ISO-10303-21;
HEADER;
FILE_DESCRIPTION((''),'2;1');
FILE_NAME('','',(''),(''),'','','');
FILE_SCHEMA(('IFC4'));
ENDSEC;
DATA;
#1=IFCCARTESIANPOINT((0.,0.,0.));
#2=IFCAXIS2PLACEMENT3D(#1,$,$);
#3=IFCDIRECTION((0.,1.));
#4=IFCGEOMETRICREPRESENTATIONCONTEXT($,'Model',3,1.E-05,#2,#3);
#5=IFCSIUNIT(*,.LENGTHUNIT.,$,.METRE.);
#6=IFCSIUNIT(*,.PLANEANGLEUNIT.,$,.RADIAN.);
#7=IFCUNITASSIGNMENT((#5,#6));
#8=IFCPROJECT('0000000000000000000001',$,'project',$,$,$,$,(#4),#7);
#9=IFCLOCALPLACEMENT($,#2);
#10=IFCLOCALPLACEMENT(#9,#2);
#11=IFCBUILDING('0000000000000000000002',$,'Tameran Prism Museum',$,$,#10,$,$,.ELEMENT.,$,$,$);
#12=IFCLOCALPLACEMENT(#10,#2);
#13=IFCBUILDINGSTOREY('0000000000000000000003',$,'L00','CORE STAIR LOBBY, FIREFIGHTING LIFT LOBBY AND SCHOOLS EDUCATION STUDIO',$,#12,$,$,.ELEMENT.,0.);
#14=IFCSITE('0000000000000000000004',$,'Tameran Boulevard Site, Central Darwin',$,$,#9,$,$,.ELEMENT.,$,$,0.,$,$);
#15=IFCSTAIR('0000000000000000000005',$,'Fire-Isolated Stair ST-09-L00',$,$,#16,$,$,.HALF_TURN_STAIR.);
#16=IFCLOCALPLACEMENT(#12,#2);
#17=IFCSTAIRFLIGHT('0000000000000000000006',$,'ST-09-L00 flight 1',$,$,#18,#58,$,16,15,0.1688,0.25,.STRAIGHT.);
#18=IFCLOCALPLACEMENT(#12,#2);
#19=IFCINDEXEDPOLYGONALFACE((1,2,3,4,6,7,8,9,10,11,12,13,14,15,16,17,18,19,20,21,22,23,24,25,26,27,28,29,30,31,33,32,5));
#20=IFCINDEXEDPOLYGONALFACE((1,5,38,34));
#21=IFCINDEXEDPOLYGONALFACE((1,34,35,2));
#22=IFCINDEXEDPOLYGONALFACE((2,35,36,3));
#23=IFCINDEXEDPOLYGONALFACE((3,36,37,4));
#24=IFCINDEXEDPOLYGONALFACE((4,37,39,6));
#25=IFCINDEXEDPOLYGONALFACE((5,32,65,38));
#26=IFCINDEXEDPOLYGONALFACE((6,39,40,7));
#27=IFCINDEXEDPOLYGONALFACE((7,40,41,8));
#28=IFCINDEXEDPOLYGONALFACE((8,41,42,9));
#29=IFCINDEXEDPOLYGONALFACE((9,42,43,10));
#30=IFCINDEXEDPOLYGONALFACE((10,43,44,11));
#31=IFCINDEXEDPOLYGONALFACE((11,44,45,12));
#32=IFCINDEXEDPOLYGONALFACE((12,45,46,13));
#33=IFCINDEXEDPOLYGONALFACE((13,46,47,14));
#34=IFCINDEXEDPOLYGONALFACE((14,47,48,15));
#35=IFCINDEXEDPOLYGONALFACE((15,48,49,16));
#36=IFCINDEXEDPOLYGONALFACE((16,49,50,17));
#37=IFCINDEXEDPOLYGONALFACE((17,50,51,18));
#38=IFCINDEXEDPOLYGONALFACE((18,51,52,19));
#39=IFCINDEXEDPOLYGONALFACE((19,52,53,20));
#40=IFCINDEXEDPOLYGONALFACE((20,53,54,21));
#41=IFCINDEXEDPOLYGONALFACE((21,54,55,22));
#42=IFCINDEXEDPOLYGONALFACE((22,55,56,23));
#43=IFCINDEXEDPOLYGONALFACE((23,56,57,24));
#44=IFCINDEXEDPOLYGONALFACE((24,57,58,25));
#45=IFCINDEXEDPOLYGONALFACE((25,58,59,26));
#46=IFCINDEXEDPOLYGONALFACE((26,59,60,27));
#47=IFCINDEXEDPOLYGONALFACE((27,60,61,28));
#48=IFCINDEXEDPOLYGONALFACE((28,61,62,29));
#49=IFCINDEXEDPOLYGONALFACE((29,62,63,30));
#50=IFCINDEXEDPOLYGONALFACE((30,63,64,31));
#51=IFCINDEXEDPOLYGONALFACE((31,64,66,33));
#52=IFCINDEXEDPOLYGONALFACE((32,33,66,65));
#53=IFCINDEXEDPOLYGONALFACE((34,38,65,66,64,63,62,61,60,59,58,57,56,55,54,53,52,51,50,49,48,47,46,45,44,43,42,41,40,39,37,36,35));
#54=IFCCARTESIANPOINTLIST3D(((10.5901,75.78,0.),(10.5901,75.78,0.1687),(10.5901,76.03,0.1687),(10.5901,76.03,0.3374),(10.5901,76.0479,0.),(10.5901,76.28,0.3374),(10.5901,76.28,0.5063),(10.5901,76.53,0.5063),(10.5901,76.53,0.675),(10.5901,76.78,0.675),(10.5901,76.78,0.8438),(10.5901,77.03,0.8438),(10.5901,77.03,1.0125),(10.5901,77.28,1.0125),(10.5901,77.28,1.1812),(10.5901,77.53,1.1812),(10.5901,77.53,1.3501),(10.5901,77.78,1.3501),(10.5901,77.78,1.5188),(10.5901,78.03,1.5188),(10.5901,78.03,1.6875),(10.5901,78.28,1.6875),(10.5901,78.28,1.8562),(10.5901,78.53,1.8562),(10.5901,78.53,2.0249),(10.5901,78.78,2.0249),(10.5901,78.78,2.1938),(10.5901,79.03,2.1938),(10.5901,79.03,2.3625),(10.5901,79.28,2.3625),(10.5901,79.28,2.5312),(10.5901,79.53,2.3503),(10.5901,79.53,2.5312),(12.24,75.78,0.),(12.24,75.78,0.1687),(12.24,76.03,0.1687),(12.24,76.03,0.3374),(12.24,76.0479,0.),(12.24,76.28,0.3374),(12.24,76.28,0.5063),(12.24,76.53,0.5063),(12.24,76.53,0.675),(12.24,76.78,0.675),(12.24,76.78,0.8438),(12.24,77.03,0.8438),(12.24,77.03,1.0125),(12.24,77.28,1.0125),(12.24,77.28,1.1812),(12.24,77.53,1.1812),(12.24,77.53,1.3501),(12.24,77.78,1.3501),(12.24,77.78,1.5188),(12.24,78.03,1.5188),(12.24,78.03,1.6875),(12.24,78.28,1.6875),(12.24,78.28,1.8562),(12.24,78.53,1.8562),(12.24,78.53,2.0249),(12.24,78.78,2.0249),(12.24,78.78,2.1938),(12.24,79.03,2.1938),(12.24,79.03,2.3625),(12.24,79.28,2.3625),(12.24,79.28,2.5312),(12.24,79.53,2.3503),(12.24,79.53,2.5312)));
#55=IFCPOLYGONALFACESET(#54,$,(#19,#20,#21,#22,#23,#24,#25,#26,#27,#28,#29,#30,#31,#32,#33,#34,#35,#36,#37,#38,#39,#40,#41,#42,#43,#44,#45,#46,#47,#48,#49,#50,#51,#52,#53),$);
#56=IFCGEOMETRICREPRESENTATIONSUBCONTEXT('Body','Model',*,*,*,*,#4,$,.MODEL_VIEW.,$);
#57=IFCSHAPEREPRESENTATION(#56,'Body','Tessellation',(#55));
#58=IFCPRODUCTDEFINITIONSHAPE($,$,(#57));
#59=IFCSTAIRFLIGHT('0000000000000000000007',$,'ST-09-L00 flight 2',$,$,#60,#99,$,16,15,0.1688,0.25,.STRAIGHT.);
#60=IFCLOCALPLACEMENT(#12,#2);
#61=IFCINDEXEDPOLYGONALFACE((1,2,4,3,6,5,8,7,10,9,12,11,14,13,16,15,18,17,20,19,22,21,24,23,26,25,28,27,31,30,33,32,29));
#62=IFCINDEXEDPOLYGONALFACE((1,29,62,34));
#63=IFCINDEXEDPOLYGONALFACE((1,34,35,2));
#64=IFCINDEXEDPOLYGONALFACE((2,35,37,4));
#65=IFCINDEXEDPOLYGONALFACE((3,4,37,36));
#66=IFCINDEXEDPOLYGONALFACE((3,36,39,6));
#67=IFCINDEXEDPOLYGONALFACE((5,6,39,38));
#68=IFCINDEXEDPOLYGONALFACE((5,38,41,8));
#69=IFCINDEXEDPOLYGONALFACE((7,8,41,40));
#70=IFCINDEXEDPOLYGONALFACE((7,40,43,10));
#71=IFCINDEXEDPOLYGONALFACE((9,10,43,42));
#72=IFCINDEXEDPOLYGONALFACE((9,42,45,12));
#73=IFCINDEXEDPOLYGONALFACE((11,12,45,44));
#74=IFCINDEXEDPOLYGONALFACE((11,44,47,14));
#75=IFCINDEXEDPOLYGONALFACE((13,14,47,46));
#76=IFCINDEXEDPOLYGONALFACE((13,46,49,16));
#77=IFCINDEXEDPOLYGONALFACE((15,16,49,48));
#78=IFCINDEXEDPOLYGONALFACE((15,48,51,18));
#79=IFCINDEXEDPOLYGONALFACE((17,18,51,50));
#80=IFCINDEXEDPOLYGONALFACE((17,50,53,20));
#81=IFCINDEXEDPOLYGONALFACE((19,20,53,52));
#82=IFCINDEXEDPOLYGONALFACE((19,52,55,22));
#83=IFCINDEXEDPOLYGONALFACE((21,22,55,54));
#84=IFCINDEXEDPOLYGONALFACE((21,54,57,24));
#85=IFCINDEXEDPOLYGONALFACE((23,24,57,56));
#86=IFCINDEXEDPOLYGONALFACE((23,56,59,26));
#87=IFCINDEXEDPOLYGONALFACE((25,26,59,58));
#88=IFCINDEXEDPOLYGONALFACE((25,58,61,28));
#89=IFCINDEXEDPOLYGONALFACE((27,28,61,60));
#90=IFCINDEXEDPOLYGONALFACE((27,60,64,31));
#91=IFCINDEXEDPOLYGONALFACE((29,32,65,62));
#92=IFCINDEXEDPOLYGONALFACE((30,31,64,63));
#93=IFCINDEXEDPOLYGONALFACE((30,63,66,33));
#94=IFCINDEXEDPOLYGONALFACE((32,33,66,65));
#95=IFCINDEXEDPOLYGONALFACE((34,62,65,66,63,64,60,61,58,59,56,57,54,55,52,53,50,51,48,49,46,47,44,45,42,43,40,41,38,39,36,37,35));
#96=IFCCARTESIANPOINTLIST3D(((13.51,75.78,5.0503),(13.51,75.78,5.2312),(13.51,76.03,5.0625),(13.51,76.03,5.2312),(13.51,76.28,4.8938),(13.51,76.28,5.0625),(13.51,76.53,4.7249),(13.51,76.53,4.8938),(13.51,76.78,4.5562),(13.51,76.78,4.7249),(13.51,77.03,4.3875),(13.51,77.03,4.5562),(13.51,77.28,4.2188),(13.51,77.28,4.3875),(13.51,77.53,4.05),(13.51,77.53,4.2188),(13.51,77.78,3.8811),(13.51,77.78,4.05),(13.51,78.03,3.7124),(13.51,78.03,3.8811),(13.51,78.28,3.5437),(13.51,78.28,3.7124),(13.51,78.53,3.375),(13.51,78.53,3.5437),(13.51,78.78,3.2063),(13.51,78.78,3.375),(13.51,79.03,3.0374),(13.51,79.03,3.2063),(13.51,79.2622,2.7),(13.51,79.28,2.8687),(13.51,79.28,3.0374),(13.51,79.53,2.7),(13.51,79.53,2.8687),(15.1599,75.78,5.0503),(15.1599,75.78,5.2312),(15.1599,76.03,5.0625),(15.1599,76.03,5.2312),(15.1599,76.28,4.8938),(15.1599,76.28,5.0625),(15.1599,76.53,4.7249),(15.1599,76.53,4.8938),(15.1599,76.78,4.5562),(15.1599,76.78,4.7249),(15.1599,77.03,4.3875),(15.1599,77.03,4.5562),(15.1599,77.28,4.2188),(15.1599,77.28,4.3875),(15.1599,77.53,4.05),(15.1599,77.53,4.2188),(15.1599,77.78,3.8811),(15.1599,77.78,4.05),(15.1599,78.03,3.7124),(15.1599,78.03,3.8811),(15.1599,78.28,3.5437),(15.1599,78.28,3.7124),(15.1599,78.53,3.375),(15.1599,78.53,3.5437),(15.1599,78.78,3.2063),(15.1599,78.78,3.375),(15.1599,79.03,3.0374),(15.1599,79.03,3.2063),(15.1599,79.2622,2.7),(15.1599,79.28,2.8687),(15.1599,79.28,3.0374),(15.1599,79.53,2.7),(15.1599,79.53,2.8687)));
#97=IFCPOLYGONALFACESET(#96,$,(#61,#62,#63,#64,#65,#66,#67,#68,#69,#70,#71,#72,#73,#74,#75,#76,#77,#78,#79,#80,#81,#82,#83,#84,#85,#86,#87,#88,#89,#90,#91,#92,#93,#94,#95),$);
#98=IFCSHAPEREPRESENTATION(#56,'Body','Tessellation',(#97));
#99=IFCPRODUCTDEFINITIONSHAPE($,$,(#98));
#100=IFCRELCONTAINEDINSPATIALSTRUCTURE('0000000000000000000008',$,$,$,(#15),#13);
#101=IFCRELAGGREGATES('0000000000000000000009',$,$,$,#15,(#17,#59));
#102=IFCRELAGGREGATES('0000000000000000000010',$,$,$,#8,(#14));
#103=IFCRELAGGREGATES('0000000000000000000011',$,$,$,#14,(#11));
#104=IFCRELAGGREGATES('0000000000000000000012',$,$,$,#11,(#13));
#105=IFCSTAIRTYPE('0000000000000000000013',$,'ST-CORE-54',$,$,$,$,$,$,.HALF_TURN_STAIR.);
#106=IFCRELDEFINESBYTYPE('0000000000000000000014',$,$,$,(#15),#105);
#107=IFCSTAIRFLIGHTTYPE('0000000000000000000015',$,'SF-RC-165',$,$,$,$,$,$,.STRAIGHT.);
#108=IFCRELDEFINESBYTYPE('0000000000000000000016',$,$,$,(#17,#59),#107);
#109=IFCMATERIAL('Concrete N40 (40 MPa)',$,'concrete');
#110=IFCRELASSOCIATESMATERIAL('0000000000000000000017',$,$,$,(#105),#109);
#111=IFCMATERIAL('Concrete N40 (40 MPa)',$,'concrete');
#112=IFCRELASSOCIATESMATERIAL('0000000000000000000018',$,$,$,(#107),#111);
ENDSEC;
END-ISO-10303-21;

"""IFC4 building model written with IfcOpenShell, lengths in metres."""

from ifc_helpers import new_model, si_unit, direction, frame, origin, place, context, subcontext, project, spatial, polyline, outline, extrude, material, type_object, element, aggregate, save


model = new_model("IFC4")

# Units and contexts
model_context = context("Model", 3, precision=1e-05, world=origin(), true_north=direction((0.0, 1.0)))
body_context = subcontext(model_context, "Body", "Model", "MODEL_VIEW")
ifc_project = project(units=[si_unit("LENGTHUNIT", "METRE"), si_unit("PLANEANGLEUNIT", "RADIAN")], contexts=[model_context])

# Site, building, storey
site_placement = place(None, origin())
site = spatial("IfcSite", under=ifc_project, at=site_placement, Name="Tameran Boulevard Site, Central Darwin", CompositionType="ELEMENT", RefElevation=0.0)
building_placement = place(site_placement, origin())
building = spatial("IfcBuilding", under=site, at=building_placement, Name="Tameran Prism Museum", CompositionType="ELEMENT")
storey_placement = place(building_placement, origin())
storey = spatial("IfcBuildingStorey", under=building, at=storey_placement, Name="L00", Description="CORE STAIR LOBBY, FIREFIGHTING LIFT LOBBY AND SCHOOLS EDUCATION STUDIO", CompositionType="ELEMENT", Elevation=0.0)

# Stair, stair flights
ifc_material_1 = material(Name="Concrete N40 (40 MPa)", Category="concrete")
stair_type = type_object("IfcStairType", Name="ST-CORE-54", PredefinedType="HALF_TURN_STAIR", material=ifc_material_1)
stair_placement = place(storey_placement, origin())
stair = element("IfcStair", 1, at=stair_placement, inside=storey, type_object=stair_type, Name="Fire-Isolated Stair ST-09-L00", PredefinedType="HALF_TURN_STAIR")
ifc_material_2 = material(Name="Concrete N40 (40 MPa)", Category="concrete")
stair_flight_type = type_object("IfcStairFlightType", Name="SF-RC-165", PredefinedType="STRAIGHT", material=ifc_material_2)
stair_flight_1_placement = place(storey_placement, frame((11.415, 75.78, 0.0), z_axis=(0.0, 0.0, 1.0), x_axis=(0.0, 1.0, 0.0)))
stair_flight_1 = element("IfcStairFlight", 2, at=stair_flight_1_placement, type_object=stair_flight_type, Name="ST-09-L00 flight 1", NumberOfRisers=16, NumberOfTreads=15, PredefinedType="STRAIGHT", RiserHeight=0.1688, TreadLength=0.25, context=body_context, shape_type="SweptSolid", body=[
    extrude(outline(polyline([(0.0, 0.0), (0.0, 0.1687), (0.25, 0.1687), (0.25, 0.3374), (0.5, 0.3374), (0.5, 0.5063), (0.75, 0.5063), (0.75, 0.675), (1.0, 0.675), (1.0, 0.8438), (1.25, 0.8438), (1.25, 1.0125), (1.5, 1.0125), (1.5, 1.1812), (1.75, 1.1812), (1.75, 1.3501), (2.0, 1.3501), (2.0, 1.5188), (2.25, 1.5188), (2.25, 1.6875), (2.5, 1.6875), (2.5, 1.8562), (2.75, 1.8562), (2.75, 2.0249), (3.0, 2.0249), (3.0, 2.1938), (3.25, 2.1938), (3.25, 2.3625), (3.5, 2.3625), (3.5, 2.5312), (3.75, 2.5312), (3.75, 2.7), (3.75, 2.3503), (0.2678, 0.0), (0.0, 0.0)])), frame((0.0, 0.825, 0.0), z_axis=(0.0, -1.0, 0.0), x_axis=(1.0, 0.0, 0.0)), (0.0, 0.0, 1.0), 1.6499),
])
stair_flight_2_placement = place(storey_placement, frame((14.335, 79.53, 2.7), z_axis=(0.0, 0.0, 1.0), x_axis=(0.0, -1.0, 0.0)))
stair_flight_2 = element("IfcStairFlight", 3, at=stair_flight_2_placement, type_object=stair_flight_type, Name="ST-09-L00 flight 2", NumberOfRisers=16, NumberOfTreads=15, PredefinedType="STRAIGHT", RiserHeight=0.1688, TreadLength=0.25, context=body_context, shape_type="SweptSolid", body=[
    extrude(outline(polyline([(0.0, 0.0), (0.0, 0.1687), (0.25, 0.1687), (0.25, 0.3374), (0.5, 0.3374), (0.5, 0.5063), (0.75, 0.5063), (0.75, 0.675), (1.0, 0.675), (1.0, 0.8438), (1.25, 0.8438), (1.25, 1.0125), (1.5, 1.0125), (1.5, 1.1812), (1.75, 1.1812), (1.75, 1.3501), (2.0, 1.3501), (2.0, 1.5188), (2.25, 1.5188), (2.25, 1.6875), (2.5, 1.6875), (2.5, 1.8562), (2.75, 1.8562), (2.75, 2.0249), (3.0, 2.0249), (3.0, 2.1938), (3.25, 2.1938), (3.25, 2.3625), (3.5, 2.3625), (3.5, 2.5312), (3.75, 2.5312), (3.75, 2.7), (3.75, 2.3503), (0.2678, 0.0), (0.0, 0.0)])), frame((0.0, 0.825, 0.0), z_axis=(0.0, -1.0, 0.0), x_axis=(1.0, 0.0, 0.0)), (0.0, 0.0, 1.0), 1.6499),
])
aggregate(stair, [stair_flight_1, stair_flight_2])

save(model, "model.ifc")
